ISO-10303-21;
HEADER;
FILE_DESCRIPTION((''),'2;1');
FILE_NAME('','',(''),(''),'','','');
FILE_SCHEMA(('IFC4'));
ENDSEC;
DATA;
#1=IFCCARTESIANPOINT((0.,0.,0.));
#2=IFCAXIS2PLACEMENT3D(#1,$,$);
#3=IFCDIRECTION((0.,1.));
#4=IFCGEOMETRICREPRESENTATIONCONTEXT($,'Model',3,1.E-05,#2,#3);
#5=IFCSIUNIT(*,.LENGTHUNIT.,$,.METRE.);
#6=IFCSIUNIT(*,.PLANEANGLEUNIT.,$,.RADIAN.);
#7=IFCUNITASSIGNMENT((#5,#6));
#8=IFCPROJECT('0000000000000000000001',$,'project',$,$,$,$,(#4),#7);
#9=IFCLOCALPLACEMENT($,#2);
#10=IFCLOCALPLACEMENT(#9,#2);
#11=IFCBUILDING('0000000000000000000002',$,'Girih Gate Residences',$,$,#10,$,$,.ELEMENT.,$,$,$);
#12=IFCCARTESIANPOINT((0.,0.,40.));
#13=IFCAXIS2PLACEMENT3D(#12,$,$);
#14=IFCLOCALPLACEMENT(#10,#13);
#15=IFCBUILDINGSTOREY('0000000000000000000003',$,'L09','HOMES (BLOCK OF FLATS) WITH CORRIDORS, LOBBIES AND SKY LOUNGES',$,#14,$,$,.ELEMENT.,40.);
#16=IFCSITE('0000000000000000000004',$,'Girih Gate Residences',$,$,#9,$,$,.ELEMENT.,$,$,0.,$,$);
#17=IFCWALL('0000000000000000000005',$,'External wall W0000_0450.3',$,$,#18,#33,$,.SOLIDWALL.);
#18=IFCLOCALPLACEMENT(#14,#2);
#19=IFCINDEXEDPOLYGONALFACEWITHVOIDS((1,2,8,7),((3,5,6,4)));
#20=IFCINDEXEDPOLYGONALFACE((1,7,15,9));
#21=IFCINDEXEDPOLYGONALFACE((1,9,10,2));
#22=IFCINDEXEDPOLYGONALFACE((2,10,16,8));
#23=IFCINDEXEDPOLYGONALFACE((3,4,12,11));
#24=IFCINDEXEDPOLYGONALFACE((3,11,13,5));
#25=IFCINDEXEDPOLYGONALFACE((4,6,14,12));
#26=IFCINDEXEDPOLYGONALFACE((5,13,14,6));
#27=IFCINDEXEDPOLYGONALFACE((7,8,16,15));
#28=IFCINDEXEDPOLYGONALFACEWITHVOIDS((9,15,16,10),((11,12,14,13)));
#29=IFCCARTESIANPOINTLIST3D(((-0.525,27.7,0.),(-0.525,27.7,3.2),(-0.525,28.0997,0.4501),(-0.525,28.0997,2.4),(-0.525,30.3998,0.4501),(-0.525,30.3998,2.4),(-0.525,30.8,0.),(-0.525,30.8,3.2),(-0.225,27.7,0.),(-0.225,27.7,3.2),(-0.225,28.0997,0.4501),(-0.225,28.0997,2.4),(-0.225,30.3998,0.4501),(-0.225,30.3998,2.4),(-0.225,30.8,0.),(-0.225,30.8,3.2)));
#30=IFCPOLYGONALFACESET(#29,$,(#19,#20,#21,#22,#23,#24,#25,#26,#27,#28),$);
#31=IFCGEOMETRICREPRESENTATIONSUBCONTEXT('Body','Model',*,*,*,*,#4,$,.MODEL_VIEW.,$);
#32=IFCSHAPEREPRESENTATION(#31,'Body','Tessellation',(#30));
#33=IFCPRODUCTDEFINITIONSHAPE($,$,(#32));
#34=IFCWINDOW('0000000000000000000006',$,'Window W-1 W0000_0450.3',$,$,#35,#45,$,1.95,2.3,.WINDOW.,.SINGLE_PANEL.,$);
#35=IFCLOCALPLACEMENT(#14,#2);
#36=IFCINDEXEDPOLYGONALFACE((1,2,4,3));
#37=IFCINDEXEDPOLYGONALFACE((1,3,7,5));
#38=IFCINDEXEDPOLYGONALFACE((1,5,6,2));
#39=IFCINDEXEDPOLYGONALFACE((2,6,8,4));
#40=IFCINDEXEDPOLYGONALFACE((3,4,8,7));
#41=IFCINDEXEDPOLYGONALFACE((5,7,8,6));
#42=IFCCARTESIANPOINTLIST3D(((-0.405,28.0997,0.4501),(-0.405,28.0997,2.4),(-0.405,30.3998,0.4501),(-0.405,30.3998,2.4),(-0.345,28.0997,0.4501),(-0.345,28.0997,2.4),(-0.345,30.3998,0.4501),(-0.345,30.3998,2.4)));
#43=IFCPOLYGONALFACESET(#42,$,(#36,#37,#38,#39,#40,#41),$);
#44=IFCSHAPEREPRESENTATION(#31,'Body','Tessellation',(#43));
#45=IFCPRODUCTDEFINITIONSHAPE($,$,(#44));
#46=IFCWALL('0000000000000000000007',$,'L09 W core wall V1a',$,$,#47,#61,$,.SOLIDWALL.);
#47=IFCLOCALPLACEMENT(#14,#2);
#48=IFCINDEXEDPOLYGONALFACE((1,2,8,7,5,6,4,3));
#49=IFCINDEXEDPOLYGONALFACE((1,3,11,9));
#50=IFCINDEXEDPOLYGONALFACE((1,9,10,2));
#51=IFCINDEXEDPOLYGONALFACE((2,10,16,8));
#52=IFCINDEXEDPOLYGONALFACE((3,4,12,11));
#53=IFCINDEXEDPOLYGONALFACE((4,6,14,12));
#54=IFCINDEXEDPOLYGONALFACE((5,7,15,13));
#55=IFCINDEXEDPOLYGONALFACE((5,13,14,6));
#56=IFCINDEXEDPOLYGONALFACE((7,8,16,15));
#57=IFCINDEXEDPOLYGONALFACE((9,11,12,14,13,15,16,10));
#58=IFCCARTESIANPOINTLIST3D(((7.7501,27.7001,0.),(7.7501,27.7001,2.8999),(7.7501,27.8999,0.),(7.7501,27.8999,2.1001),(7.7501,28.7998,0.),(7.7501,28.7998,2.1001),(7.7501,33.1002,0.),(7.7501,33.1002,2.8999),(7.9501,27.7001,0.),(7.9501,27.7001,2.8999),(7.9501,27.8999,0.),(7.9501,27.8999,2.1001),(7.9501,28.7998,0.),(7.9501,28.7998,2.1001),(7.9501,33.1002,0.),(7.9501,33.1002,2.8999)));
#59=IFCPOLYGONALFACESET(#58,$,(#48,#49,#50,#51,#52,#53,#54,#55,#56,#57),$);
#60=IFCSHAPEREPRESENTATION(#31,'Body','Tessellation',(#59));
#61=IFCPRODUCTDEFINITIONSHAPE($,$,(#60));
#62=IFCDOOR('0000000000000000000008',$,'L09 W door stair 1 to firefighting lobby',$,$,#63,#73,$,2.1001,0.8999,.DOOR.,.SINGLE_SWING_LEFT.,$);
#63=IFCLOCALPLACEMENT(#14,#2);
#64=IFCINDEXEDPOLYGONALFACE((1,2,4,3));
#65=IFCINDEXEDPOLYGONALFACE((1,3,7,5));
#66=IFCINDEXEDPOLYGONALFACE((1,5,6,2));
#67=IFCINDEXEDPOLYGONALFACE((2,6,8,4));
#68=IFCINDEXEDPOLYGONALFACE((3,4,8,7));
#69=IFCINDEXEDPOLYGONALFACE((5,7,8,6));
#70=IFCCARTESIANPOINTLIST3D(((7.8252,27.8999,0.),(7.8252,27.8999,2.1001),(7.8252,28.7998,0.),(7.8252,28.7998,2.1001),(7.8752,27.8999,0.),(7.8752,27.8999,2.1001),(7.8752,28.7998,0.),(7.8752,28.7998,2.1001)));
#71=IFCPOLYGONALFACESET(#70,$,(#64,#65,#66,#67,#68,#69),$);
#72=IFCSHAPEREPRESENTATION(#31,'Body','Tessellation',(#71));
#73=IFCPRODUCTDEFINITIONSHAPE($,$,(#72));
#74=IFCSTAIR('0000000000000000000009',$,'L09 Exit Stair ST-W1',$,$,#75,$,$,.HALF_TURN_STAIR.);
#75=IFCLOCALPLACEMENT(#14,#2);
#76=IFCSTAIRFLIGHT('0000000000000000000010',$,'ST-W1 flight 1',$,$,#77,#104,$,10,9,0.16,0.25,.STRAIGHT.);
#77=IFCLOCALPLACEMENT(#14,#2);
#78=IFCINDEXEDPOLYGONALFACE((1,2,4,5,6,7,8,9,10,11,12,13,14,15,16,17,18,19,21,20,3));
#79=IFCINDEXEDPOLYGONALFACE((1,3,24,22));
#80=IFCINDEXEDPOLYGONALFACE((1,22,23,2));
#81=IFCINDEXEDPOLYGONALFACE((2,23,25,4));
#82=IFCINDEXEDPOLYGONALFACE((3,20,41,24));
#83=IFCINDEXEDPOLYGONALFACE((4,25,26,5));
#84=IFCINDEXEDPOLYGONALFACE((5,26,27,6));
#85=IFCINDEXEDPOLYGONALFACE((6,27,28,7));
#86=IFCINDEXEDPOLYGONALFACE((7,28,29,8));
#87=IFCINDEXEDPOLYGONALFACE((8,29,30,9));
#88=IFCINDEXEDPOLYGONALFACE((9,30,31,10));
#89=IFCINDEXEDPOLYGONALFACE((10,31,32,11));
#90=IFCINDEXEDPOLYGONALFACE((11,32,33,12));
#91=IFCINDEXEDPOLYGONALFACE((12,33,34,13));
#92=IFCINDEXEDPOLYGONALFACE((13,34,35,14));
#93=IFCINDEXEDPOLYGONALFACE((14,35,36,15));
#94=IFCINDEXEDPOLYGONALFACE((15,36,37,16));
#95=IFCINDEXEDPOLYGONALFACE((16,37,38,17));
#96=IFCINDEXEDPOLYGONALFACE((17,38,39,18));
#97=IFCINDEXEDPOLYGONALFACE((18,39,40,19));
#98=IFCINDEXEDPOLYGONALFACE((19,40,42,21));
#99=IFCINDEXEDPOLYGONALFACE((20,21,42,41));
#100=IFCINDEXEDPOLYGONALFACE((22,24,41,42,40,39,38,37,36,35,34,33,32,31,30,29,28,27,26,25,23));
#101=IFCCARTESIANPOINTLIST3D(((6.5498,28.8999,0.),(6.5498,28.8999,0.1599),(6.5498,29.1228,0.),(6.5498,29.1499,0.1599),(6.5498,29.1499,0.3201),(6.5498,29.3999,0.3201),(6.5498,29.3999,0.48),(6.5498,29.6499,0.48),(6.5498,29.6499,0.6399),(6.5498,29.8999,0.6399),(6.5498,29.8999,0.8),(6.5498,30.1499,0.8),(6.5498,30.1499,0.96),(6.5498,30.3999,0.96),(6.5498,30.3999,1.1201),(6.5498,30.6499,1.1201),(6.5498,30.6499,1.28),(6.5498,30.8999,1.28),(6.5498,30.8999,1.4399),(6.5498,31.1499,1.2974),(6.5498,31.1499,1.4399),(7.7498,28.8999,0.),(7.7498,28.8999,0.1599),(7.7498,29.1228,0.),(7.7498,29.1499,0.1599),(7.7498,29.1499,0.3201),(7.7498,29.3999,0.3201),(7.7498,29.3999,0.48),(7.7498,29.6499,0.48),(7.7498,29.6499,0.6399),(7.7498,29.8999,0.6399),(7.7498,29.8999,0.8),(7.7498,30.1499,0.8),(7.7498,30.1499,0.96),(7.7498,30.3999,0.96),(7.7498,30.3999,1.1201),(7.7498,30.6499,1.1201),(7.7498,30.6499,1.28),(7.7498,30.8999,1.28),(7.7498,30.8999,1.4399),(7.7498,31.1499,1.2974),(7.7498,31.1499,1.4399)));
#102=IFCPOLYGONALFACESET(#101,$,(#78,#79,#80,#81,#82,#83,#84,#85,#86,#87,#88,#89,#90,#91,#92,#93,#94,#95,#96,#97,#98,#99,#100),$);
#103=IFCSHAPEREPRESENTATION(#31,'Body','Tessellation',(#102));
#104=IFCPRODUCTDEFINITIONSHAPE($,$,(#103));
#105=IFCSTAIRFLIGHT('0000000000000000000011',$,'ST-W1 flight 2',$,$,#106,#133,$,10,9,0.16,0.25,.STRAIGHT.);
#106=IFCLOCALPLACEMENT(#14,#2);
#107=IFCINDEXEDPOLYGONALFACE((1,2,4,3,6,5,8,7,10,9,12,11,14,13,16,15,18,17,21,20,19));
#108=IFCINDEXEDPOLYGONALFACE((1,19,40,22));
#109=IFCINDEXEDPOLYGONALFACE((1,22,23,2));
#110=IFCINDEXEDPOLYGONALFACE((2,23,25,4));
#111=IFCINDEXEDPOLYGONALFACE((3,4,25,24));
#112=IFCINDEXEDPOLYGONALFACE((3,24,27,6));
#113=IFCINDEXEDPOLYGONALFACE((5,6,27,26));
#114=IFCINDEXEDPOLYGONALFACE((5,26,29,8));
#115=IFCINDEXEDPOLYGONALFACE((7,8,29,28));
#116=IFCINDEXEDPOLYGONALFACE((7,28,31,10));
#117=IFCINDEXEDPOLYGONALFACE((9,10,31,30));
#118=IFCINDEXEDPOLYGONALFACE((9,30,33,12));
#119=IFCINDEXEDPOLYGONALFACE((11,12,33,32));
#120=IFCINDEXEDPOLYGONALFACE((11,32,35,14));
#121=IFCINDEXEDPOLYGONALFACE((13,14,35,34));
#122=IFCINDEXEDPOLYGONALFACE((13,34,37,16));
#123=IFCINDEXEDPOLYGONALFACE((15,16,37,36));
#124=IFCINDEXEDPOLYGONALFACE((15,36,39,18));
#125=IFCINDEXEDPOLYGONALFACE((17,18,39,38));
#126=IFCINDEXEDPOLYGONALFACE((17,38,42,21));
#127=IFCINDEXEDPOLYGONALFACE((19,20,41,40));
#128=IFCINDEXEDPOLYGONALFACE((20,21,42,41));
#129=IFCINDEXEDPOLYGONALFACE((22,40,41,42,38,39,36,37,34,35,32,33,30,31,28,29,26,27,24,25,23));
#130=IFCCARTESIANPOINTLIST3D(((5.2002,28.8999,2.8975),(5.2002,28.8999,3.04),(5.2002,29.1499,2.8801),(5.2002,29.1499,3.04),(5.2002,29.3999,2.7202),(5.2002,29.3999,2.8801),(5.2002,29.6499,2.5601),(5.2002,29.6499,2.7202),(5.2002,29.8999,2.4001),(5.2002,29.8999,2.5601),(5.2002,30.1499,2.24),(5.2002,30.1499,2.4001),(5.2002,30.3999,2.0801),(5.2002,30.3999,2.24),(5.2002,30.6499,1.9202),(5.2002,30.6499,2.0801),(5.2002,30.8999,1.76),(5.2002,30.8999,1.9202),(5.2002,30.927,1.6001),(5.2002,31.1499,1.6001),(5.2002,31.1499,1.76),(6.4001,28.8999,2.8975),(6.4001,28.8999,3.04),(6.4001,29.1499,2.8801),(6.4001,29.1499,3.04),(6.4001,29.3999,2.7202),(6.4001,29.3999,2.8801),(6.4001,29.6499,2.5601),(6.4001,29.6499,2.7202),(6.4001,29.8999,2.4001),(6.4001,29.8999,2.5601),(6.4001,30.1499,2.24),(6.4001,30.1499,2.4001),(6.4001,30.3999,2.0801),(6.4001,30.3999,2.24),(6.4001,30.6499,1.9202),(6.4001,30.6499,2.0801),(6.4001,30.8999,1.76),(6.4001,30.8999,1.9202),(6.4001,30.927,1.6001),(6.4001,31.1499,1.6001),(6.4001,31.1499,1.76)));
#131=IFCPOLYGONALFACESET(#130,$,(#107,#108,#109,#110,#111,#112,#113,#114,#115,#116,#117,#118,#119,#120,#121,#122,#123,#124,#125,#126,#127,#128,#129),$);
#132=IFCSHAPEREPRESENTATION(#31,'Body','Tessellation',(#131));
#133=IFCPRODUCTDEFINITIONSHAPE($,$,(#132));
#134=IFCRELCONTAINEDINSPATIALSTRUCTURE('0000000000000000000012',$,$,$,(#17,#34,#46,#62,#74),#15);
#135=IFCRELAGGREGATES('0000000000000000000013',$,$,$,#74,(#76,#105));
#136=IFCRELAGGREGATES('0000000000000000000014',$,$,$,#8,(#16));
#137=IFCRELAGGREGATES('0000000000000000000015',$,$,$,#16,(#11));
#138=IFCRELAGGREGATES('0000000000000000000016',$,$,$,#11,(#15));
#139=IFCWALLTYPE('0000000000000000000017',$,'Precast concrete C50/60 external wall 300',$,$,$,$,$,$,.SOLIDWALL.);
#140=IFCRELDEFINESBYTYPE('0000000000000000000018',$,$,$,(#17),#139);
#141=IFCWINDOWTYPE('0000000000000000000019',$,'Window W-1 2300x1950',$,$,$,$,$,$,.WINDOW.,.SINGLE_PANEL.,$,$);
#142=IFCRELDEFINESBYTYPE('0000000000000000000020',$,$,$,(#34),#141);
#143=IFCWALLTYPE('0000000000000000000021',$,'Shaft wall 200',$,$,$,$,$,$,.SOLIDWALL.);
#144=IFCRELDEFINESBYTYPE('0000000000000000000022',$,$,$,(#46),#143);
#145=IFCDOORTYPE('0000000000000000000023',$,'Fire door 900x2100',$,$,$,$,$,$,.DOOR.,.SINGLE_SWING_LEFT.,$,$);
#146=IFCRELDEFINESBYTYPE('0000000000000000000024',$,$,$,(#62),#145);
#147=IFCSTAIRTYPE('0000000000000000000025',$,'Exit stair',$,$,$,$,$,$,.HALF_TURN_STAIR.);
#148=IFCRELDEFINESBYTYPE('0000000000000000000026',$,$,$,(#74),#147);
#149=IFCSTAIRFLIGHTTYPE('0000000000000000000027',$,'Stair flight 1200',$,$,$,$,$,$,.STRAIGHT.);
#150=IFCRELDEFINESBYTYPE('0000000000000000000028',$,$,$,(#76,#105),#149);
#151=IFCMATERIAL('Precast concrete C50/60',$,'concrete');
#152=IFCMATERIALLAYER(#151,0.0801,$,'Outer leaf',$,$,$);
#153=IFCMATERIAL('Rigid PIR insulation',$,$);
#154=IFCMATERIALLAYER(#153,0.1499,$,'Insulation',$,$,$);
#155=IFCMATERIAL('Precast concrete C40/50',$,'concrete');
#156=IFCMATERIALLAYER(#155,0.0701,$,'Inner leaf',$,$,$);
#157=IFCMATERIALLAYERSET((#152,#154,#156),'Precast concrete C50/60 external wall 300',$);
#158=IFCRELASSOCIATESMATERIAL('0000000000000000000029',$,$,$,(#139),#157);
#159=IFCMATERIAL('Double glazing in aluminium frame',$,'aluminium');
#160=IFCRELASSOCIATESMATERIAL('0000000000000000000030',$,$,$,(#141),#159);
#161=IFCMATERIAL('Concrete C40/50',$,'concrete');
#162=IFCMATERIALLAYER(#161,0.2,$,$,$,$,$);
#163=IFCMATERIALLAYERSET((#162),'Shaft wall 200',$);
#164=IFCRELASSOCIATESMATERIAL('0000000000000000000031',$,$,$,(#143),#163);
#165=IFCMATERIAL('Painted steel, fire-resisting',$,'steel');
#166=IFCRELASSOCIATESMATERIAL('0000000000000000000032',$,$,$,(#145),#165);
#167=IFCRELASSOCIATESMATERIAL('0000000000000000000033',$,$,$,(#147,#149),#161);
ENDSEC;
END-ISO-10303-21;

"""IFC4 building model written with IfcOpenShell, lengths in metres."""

from ifc_helpers import new_model, si_unit, direction, frame, frame_2d, origin, place, context, subcontext, project, spatial, polyline, rectangle, outline, extrude, material, layer, layer_set, type_object, element, fill, aggregate, save


model = new_model("IFC4")

# Units and contexts
model_context = context("Model", 3, precision=1e-05, world=origin(), true_north=direction((0.0, 1.0)))
body_context = subcontext(model_context, "Body", "Model", "MODEL_VIEW")
ifc_project = project(units=[si_unit("LENGTHUNIT", "METRE"), si_unit("PLANEANGLEUNIT", "RADIAN")], contexts=[model_context])

# Site, building, storey
site_placement = place(None, origin())
site = spatial("IfcSite", under=ifc_project, at=site_placement, Name="Girih Gate Residences", CompositionType="ELEMENT", RefElevation=0.0)
building_placement = place(site_placement, origin())
building = spatial("IfcBuilding", under=site, at=building_placement, Name="Girih Gate Residences", CompositionType="ELEMENT")
storey_placement = place(building_placement, frame((0.0, 0.0, 40.0)))
storey = spatial("IfcBuildingStorey", under=building, at=storey_placement, Name="L09", Description="HOMES (BLOCK OF FLATS) WITH CORRIDORS, LOBBIES AND SKY LOUNGES", CompositionType="ELEMENT", Elevation=40.0)

# Shared definitions
ifc_material_1 = material(Name="Painted steel, fire-resisting", Category="steel")

# Wall, opening, window
ifc_material_2 = material(Name="Precast concrete C50/60", Category="concrete")
ifc_layer_1 = layer(ifc_material_2, 0.0801, Name="Outer leaf")
ifc_material_3 = material(Name="Rigid PIR insulation")
ifc_layer_2 = layer(ifc_material_3, 0.1499, Name="Insulation")
ifc_material_4 = material(Name="Precast concrete C40/50", Category="concrete")
ifc_layer_3 = layer(ifc_material_4, 0.0701, Name="Inner leaf")
ifc_layer_set_1 = layer_set([ifc_layer_1, ifc_layer_2, ifc_layer_3], Name="Precast concrete C50/60 external wall 300")
wall_type_1 = type_object("IfcWallType", Name="Precast concrete C50/60 external wall 300", PredefinedType="SOLIDWALL", material=ifc_layer_set_1)
wall_1_placement = place(storey_placement, frame((-0.375, 27.7, 0.0), z_axis=(0.0, 0.0, 1.0), x_axis=(0.0, 1.0, 0.0)))
wall_1 = element("IfcWall", 1, at=wall_1_placement, inside=storey, type_object=wall_type_1, Name="External wall W0000_0450.3", PredefinedType="SOLIDWALL", context=body_context, shape_type="SweptSolid", body=[
    extrude(rectangle(XDim=3.1001, YDim=0.3, at=frame_2d((1.55, 0.0))), origin(), (0.0, 0.0, 1.0), 3.2),
])
opening_1_placement = place(wall_1_placement, frame((0.3999, 0.0, 0.45)))
opening_1 = element("IfcOpeningElement", 2, at=opening_1_placement, cuts=wall_1, PredefinedType="OPENING", context=body_context, shape_type="SweptSolid", body=[
    extrude(rectangle(XDim=2.3, YDim=1.95, at=frame_2d((1.1499, 0.9751))), frame((0.0, 0.1599, 0.0), z_axis=(0.0, -1.0, 0.0), x_axis=(1.0, 0.0, 0.0)), (0.0, 0.0, 1.0), 0.3201),
])
ifc_material_5 = material(Name="Double glazing in aluminium frame", Category="aluminium")
window_type = type_object("IfcWindowType", Name="Window W-1 2300x1950", PartitioningType="SINGLE_PANEL", PredefinedType="WINDOW", material=ifc_material_5)
window_placement = place(opening_1_placement, origin())
window = element("IfcWindow", 3, at=window_placement, inside=storey, type_object=window_type, Name="Window W-1 W0000_0450.3", OverallHeight=1.95, OverallWidth=2.3, PartitioningType="SINGLE_PANEL", PredefinedType="WINDOW", context=body_context, shape_type="SweptSolid", body=[
    extrude(rectangle(XDim=2.3, YDim=1.95, at=frame_2d((1.1499, 0.9751))), frame((0.0, 0.03, 0.0), z_axis=(0.0, -1.0, 0.0), x_axis=(1.0, 0.0, 0.0)), (0.0, 0.0, 1.0), 0.0601),
])
fill(opening_1, window)

# Wall, opening, door
ifc_material_6 = material(Name="Concrete C40/50", Category="concrete")
ifc_layer_4 = layer(ifc_material_6, 0.2)
ifc_layer_set_2 = layer_set([ifc_layer_4], Name="Shaft wall 200")
wall_type_2 = type_object("IfcWallType", Name="Shaft wall 200", PredefinedType="SOLIDWALL", material=ifc_layer_set_2)
wall_2_placement = place(storey_placement, frame((7.8501, 27.7, 0.0), z_axis=(0.0, 0.0, 1.0), x_axis=(0.0, 1.0, 0.0)))
wall_2 = element("IfcWall", 4, at=wall_2_placement, inside=storey, type_object=wall_type_2, Name="L09 W core wall V1a", PredefinedType="SOLIDWALL", context=body_context, shape_type="SweptSolid", body=[
    extrude(rectangle(XDim=5.4001, YDim=0.2, at=frame_2d((2.7002, 0.0))), origin(), (0.0, 0.0, 1.0), 2.8999),
])
opening_2_placement = place(wall_2_placement, frame((0.2, 0.0, 0.0)))
opening_2 = element("IfcOpeningElement", 5, at=opening_2_placement, cuts=wall_2, PredefinedType="OPENING", context=body_context, shape_type="SweptSolid", body=[
    extrude(rectangle(XDim=0.8999, YDim=2.1001, at=frame_2d((0.45, 1.05))), frame((0.0, 0.1099, 0.0), z_axis=(0.0, -1.0, 0.0), x_axis=(1.0, 0.0, 0.0)), (0.0, 0.0, 1.0), 0.22),
])
door_type_1 = type_object("IfcDoorType", Name="Fire door 900x2100", OperationType="SINGLE_SWING_LEFT", PredefinedType="DOOR", material=ifc_material_1)
door_1_placement = place(opening_2_placement, origin())
door_1 = element("IfcDoor", 6, at=door_1_placement, inside=storey, type_object=door_type_1, Name="L09 W door stair 1 to firefighting lobby", OperationType="SINGLE_SWING_LEFT", OverallHeight=2.1001, OverallWidth=0.8999, PredefinedType="DOOR", context=body_context, shape_type="SweptSolid", body=[
    extrude(rectangle(XDim=0.8999, YDim=2.1001, at=frame_2d((0.45, 1.05))), frame((0.0, 0.0249, 0.0), z_axis=(0.0, -1.0, 0.0), x_axis=(1.0, 0.0, 0.0)), (0.0, 0.0, 1.0), 0.05),
])
fill(opening_2, door_1)

# Stair, stair flights
stair_type = type_object("IfcStairType", Name="Exit stair", PredefinedType="HALF_TURN_STAIR", material=ifc_material_6)
stair_placement = place(storey_placement, origin())
stair = element("IfcStair", 7, at=stair_placement, inside=storey, type_object=stair_type, Name="L09 Exit Stair ST-W1", PredefinedType="HALF_TURN_STAIR")
stair_flight_type = type_object("IfcStairFlightType", Name="Stair flight 1200", PredefinedType="STRAIGHT", material=ifc_material_6)
stair_flight_1_placement = place(storey_placement, frame((7.1499, 28.8999, 0.0), z_axis=(0.0, 0.0, 1.0), x_axis=(0.0, 1.0, 0.0)))
stair_flight_1 = element("IfcStairFlight", 8, at=stair_flight_1_placement, type_object=stair_flight_type, Name="ST-W1 flight 1", NumberOfRisers=10, NumberOfTreads=9, PredefinedType="STRAIGHT", RiserHeight=0.16, TreadLength=0.25, context=body_context, shape_type="SweptSolid", body=[
    extrude(outline(polyline([(0.0, 0.0), (0.0, 0.1599), (0.25, 0.1599), (0.25, 0.3201), (0.5, 0.3201), (0.5, 0.48), (0.75, 0.48), (0.75, 0.6399), (1.0, 0.6399), (1.0, 0.8), (1.25, 0.8), (1.25, 0.96), (1.5, 0.96), (1.5, 1.1201), (1.75, 1.1201), (1.75, 1.28), (2.0, 1.28), (2.0, 1.4399), (2.25, 1.4399), (2.25, 1.6001), (2.25, 1.2974), (0.2229, 0.0), (0.0, 0.0)])), frame((0.0, 0.6001, 0.0), z_axis=(0.0, -1.0, 0.0), x_axis=(1.0, 0.0, 0.0)), (0.0, 0.0, 1.0), 1.2),
])
stair_flight_2_placement = place(storey_placement, frame((5.8, 31.1499, 1.6001), z_axis=(0.0, 0.0, 1.0), x_axis=(0.0, -1.0, 0.0)))
stair_flight_2 = element("IfcStairFlight", 9, at=stair_flight_2_placement, type_object=stair_flight_type, Name="ST-W1 flight 2", NumberOfRisers=10, NumberOfTreads=9, PredefinedType="STRAIGHT", RiserHeight=0.16, TreadLength=0.25, context=body_context, shape_type="SweptSolid", body=[
    extrude(outline(polyline([(0.0, 0.0), (0.0, 0.1599), (0.25, 0.1599), (0.25, 0.3201), (0.5, 0.3201), (0.5, 0.48), (0.75, 0.48), (0.75, 0.6399), (1.0, 0.6399), (1.0, 0.8), (1.25, 0.8), (1.25, 0.96), (1.5, 0.96), (1.5, 1.1201), (1.75, 1.1201), (1.75, 1.28), (2.0, 1.28), (2.0, 1.4399), (2.25, 1.4399), (2.25, 1.6001), (2.25, 1.2974), (0.2229, 0.0), (0.0, 0.0)])), frame((0.0, 0.6001, 0.0), z_axis=(0.0, -1.0, 0.0), x_axis=(1.0, 0.0, 0.0)), (0.0, 0.0, 1.0), 1.2),
])
aggregate(stair, [stair_flight_1, stair_flight_2])

save(model, "model.ifc")
